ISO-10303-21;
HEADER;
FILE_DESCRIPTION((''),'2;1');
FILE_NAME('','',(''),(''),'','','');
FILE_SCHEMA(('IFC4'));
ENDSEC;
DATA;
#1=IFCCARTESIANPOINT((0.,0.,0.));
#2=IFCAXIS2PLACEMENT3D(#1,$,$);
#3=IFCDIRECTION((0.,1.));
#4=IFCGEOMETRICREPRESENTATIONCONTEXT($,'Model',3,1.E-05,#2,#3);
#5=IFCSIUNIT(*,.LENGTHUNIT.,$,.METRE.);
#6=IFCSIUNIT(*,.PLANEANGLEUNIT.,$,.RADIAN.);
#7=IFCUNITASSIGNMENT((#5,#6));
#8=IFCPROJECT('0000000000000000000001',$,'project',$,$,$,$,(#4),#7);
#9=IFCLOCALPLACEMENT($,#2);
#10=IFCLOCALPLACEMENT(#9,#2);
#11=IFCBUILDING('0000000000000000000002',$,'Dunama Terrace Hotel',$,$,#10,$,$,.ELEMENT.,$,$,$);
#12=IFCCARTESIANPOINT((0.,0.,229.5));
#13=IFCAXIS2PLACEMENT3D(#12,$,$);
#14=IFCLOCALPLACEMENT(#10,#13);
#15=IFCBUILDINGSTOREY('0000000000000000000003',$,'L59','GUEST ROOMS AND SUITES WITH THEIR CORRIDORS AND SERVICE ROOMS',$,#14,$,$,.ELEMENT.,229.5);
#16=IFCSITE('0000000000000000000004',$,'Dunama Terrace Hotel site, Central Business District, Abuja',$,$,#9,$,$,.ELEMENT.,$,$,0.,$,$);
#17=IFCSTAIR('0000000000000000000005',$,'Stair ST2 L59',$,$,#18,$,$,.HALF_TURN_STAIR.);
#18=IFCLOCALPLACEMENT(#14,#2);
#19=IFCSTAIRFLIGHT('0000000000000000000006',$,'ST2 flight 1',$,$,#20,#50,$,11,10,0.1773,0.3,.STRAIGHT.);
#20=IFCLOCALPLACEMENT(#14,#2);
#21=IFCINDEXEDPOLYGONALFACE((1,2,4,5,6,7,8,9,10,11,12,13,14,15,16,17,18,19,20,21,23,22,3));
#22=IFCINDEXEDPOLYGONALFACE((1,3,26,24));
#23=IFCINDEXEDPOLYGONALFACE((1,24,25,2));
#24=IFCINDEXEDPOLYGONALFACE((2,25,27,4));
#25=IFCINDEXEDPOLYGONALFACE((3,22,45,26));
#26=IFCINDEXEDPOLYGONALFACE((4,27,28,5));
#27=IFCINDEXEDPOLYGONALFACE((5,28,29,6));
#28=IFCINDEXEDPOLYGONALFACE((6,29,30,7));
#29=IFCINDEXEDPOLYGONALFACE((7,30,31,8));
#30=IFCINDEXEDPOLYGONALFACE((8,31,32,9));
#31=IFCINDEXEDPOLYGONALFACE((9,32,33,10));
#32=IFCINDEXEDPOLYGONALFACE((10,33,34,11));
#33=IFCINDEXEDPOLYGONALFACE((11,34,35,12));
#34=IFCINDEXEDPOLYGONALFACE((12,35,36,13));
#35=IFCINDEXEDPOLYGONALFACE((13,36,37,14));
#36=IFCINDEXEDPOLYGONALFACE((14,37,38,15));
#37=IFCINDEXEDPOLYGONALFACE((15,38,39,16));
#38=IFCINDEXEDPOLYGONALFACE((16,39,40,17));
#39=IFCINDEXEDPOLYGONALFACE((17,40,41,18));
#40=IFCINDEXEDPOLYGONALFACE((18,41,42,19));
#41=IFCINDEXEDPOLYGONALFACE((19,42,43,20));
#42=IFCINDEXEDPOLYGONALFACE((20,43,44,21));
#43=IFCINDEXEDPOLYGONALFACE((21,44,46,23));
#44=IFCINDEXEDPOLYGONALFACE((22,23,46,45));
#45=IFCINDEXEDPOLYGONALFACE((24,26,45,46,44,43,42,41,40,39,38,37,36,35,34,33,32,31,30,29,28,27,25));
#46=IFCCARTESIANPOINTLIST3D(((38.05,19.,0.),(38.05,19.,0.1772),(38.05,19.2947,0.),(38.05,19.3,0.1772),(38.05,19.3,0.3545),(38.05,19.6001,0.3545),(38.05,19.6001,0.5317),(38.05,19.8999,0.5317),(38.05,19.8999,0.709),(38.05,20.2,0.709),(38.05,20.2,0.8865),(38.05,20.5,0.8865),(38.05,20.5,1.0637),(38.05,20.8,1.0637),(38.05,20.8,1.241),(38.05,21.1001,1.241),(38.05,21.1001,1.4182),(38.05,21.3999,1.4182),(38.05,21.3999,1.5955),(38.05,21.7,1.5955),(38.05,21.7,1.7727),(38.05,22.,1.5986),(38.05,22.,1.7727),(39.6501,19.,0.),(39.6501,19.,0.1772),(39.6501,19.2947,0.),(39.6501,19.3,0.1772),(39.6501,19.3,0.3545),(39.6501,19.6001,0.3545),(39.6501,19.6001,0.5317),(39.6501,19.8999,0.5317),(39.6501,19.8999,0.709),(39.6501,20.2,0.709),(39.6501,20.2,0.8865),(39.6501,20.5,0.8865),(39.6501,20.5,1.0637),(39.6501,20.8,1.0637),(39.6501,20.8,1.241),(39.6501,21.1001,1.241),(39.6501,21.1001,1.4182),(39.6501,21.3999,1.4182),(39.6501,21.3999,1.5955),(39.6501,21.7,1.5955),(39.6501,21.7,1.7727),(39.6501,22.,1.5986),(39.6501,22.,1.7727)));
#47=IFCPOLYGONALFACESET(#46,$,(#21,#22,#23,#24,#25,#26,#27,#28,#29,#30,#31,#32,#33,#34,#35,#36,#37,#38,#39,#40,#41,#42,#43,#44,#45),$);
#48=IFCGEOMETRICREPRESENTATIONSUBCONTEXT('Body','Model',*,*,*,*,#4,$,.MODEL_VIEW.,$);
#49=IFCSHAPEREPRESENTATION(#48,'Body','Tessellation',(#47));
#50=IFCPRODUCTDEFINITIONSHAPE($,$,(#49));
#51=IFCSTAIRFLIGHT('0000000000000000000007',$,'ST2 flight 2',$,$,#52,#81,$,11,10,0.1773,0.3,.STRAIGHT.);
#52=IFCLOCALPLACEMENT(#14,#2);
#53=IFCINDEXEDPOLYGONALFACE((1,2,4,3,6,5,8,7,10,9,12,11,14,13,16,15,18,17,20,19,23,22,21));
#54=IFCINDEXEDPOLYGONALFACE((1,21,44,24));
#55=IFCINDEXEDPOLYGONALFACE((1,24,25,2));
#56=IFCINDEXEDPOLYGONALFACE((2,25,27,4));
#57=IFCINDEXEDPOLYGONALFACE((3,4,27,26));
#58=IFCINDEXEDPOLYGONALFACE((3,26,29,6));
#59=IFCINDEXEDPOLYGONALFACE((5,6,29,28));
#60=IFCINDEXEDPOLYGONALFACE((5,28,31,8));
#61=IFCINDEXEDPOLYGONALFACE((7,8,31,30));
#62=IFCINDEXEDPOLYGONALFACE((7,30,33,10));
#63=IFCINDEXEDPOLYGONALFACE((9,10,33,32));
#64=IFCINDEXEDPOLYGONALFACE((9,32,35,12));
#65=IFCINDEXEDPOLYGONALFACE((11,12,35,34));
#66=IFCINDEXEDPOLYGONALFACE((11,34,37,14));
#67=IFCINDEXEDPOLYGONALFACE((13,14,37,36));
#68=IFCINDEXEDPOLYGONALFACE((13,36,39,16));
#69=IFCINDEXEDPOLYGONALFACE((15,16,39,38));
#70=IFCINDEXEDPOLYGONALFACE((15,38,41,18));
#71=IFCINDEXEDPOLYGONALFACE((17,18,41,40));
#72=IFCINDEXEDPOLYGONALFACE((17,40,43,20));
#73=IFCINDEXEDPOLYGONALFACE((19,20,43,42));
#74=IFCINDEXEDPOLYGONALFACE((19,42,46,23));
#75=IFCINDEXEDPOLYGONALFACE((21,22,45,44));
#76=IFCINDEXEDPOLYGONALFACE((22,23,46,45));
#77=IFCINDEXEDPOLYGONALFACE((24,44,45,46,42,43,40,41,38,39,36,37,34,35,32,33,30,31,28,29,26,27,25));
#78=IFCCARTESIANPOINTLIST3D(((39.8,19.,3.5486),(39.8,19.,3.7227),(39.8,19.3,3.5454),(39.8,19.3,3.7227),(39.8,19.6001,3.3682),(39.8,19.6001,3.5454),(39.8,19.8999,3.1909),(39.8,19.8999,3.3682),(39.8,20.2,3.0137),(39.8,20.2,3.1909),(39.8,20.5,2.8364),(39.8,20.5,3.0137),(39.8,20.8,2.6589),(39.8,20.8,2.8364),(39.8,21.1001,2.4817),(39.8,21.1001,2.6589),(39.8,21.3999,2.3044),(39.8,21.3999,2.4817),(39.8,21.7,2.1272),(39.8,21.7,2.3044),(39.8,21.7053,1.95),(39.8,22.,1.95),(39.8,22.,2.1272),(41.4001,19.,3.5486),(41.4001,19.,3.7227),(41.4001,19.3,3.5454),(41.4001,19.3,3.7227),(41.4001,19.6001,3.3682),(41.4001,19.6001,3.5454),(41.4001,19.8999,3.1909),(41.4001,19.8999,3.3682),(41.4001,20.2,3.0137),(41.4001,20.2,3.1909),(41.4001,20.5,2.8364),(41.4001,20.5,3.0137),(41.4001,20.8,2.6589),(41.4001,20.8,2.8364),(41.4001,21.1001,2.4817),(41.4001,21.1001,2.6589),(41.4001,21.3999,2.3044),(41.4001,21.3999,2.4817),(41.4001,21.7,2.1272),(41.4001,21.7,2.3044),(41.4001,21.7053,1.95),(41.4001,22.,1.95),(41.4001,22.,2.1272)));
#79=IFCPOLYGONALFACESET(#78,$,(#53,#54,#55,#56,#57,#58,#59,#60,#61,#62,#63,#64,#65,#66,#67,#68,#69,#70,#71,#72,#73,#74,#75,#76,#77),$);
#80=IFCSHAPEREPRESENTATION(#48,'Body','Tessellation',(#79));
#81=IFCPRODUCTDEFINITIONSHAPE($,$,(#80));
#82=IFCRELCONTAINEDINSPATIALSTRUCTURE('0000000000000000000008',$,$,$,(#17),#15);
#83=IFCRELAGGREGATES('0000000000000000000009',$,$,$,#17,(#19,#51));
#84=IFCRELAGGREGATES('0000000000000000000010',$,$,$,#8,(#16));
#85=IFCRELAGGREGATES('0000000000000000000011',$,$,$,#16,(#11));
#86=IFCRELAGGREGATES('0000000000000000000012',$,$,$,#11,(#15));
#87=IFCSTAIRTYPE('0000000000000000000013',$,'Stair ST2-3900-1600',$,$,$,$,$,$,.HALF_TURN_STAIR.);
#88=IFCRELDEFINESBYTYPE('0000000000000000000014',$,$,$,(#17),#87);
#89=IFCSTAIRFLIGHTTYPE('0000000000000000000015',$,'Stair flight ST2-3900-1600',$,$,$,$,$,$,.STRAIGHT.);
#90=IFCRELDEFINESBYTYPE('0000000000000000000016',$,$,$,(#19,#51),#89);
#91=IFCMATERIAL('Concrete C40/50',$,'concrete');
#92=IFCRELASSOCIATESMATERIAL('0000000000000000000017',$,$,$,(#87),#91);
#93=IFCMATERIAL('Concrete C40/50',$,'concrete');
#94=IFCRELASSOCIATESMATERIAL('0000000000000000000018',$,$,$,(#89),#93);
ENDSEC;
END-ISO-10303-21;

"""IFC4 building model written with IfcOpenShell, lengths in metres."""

from ifc_helpers import new_model, si_unit, direction, frame, origin, place, context, subcontext, project, spatial, polyline, outline, extrude, material, type_object, element, aggregate, save


model = new_model("IFC4")

# Units and contexts
model_context = context("Model", 3, precision=1e-05, world=origin(), true_north=direction((0.0, 1.0)))
body_context = subcontext(model_context, "Body", "Model", "MODEL_VIEW")
ifc_project = project(units=[si_unit("LENGTHUNIT", "METRE"), si_unit("PLANEANGLEUNIT", "RADIAN")], contexts=[model_context])

# Site, building, storey
site_placement = place(None, origin())
site = spatial("IfcSite", under=ifc_project, at=site_placement, Name="Dunama Terrace Hotel site, Central Business District, Abuja", CompositionType="ELEMENT", RefElevation=0.0)
building_placement = place(site_placement, origin())
building = spatial("IfcBuilding", under=site, at=building_placement, Name="Dunama Terrace Hotel", CompositionType="ELEMENT")
storey_placement = place(building_placement, frame((0.0, 0.0, 229.5)))
storey = spatial("IfcBuildingStorey", under=building, at=storey_placement, Name="L59", Description="GUEST ROOMS AND SUITES WITH THEIR CORRIDORS AND SERVICE ROOMS", CompositionType="ELEMENT", Elevation=229.5)

# Stair, stair flights
ifc_material_1 = material(Name="Concrete C40/50", Category="concrete")
stair_type = type_object("IfcStairType", Name="Stair ST2-3900-1600", PredefinedType="HALF_TURN_STAIR", material=ifc_material_1)
stair_placement = place(storey_placement, origin())
stair = element("IfcStair", 1, at=stair_placement, inside=storey, type_object=stair_type, Name="Stair ST2 L59", PredefinedType="HALF_TURN_STAIR")
ifc_material_2 = material(Name="Concrete C40/50", Category="concrete")
stair_flight_type = type_object("IfcStairFlightType", Name="Stair flight ST2-3900-1600", PredefinedType="STRAIGHT", material=ifc_material_2)
stair_flight_1_placement = place(storey_placement, frame((38.8501, 19.0, 0.0), z_axis=(0.0, 0.0, 1.0), x_axis=(0.0, 1.0, 0.0)))
stair_flight_1 = element("IfcStairFlight", 2, at=stair_flight_1_placement, type_object=stair_flight_type, Name="ST2 flight 1", NumberOfRisers=11, NumberOfTreads=10, PredefinedType="STRAIGHT", RiserHeight=0.1773, TreadLength=0.3, context=body_context, shape_type="SweptSolid", body=[
    extrude(outline(polyline([(0.0, 0.0), (0.0, 0.1772), (0.3, 0.1772), (0.3, 0.3545), (0.6001, 0.3545), (0.6001, 0.5317), (0.8999, 0.5317), (0.8999, 0.709), (1.2, 0.709), (1.2, 0.8865), (1.5, 0.8865), (1.5, 1.0637), (1.8, 1.0637), (1.8, 1.241), (2.1001, 1.241), (2.1001, 1.4182), (2.3999, 1.4182), (2.3999, 1.5955), (2.7, 1.5955), (2.7, 1.7727), (3.0, 1.7727), (3.0, 1.95), (3.0, 1.5986), (0.2947, 0.0), (0.0, 0.0)])), frame((0.0, 0.8, 0.0), z_axis=(0.0, -1.0, 0.0), x_axis=(1.0, 0.0, 0.0)), (0.0, 0.0, 1.0), 1.6001),
])
stair_flight_2_placement = place(storey_placement, frame((40.6001, 22.0, 1.95), z_axis=(0.0, 0.0, 1.0), x_axis=(0.0, -1.0, 0.0)))
stair_flight_2 = element("IfcStairFlight", 3, at=stair_flight_2_placement, type_object=stair_flight_type, Name="ST2 flight 2", NumberOfRisers=11, NumberOfTreads=10, PredefinedType="STRAIGHT", RiserHeight=0.1773, TreadLength=0.3, context=body_context, shape_type="SweptSolid", body=[
    extrude(outline(polyline([(0.0, 0.0), (0.0, 0.1772), (0.3, 0.1772), (0.3, 0.3545), (0.6001, 0.3545), (0.6001, 0.5317), (0.8999, 0.5317), (0.8999, 0.709), (1.2, 0.709), (1.2, 0.8865), (1.5, 0.8865), (1.5, 1.0637), (1.8, 1.0637), (1.8, 1.241), (2.1001, 1.241), (2.1001, 1.4182), (2.3999, 1.4182), (2.3999, 1.5955), (2.7, 1.5955), (2.7, 1.7727), (3.0, 1.7727), (3.0, 1.95), (3.0, 1.5986), (0.2947, 0.0), (0.0, 0.0)])), frame((0.0, 0.8, 0.0), z_axis=(0.0, -1.0, 0.0), x_axis=(1.0, 0.0, 0.0)), (0.0, 0.0, 1.0), 1.6001),
])
aggregate(stair, [stair_flight_1, stair_flight_2])

save(model, "model.ifc")
